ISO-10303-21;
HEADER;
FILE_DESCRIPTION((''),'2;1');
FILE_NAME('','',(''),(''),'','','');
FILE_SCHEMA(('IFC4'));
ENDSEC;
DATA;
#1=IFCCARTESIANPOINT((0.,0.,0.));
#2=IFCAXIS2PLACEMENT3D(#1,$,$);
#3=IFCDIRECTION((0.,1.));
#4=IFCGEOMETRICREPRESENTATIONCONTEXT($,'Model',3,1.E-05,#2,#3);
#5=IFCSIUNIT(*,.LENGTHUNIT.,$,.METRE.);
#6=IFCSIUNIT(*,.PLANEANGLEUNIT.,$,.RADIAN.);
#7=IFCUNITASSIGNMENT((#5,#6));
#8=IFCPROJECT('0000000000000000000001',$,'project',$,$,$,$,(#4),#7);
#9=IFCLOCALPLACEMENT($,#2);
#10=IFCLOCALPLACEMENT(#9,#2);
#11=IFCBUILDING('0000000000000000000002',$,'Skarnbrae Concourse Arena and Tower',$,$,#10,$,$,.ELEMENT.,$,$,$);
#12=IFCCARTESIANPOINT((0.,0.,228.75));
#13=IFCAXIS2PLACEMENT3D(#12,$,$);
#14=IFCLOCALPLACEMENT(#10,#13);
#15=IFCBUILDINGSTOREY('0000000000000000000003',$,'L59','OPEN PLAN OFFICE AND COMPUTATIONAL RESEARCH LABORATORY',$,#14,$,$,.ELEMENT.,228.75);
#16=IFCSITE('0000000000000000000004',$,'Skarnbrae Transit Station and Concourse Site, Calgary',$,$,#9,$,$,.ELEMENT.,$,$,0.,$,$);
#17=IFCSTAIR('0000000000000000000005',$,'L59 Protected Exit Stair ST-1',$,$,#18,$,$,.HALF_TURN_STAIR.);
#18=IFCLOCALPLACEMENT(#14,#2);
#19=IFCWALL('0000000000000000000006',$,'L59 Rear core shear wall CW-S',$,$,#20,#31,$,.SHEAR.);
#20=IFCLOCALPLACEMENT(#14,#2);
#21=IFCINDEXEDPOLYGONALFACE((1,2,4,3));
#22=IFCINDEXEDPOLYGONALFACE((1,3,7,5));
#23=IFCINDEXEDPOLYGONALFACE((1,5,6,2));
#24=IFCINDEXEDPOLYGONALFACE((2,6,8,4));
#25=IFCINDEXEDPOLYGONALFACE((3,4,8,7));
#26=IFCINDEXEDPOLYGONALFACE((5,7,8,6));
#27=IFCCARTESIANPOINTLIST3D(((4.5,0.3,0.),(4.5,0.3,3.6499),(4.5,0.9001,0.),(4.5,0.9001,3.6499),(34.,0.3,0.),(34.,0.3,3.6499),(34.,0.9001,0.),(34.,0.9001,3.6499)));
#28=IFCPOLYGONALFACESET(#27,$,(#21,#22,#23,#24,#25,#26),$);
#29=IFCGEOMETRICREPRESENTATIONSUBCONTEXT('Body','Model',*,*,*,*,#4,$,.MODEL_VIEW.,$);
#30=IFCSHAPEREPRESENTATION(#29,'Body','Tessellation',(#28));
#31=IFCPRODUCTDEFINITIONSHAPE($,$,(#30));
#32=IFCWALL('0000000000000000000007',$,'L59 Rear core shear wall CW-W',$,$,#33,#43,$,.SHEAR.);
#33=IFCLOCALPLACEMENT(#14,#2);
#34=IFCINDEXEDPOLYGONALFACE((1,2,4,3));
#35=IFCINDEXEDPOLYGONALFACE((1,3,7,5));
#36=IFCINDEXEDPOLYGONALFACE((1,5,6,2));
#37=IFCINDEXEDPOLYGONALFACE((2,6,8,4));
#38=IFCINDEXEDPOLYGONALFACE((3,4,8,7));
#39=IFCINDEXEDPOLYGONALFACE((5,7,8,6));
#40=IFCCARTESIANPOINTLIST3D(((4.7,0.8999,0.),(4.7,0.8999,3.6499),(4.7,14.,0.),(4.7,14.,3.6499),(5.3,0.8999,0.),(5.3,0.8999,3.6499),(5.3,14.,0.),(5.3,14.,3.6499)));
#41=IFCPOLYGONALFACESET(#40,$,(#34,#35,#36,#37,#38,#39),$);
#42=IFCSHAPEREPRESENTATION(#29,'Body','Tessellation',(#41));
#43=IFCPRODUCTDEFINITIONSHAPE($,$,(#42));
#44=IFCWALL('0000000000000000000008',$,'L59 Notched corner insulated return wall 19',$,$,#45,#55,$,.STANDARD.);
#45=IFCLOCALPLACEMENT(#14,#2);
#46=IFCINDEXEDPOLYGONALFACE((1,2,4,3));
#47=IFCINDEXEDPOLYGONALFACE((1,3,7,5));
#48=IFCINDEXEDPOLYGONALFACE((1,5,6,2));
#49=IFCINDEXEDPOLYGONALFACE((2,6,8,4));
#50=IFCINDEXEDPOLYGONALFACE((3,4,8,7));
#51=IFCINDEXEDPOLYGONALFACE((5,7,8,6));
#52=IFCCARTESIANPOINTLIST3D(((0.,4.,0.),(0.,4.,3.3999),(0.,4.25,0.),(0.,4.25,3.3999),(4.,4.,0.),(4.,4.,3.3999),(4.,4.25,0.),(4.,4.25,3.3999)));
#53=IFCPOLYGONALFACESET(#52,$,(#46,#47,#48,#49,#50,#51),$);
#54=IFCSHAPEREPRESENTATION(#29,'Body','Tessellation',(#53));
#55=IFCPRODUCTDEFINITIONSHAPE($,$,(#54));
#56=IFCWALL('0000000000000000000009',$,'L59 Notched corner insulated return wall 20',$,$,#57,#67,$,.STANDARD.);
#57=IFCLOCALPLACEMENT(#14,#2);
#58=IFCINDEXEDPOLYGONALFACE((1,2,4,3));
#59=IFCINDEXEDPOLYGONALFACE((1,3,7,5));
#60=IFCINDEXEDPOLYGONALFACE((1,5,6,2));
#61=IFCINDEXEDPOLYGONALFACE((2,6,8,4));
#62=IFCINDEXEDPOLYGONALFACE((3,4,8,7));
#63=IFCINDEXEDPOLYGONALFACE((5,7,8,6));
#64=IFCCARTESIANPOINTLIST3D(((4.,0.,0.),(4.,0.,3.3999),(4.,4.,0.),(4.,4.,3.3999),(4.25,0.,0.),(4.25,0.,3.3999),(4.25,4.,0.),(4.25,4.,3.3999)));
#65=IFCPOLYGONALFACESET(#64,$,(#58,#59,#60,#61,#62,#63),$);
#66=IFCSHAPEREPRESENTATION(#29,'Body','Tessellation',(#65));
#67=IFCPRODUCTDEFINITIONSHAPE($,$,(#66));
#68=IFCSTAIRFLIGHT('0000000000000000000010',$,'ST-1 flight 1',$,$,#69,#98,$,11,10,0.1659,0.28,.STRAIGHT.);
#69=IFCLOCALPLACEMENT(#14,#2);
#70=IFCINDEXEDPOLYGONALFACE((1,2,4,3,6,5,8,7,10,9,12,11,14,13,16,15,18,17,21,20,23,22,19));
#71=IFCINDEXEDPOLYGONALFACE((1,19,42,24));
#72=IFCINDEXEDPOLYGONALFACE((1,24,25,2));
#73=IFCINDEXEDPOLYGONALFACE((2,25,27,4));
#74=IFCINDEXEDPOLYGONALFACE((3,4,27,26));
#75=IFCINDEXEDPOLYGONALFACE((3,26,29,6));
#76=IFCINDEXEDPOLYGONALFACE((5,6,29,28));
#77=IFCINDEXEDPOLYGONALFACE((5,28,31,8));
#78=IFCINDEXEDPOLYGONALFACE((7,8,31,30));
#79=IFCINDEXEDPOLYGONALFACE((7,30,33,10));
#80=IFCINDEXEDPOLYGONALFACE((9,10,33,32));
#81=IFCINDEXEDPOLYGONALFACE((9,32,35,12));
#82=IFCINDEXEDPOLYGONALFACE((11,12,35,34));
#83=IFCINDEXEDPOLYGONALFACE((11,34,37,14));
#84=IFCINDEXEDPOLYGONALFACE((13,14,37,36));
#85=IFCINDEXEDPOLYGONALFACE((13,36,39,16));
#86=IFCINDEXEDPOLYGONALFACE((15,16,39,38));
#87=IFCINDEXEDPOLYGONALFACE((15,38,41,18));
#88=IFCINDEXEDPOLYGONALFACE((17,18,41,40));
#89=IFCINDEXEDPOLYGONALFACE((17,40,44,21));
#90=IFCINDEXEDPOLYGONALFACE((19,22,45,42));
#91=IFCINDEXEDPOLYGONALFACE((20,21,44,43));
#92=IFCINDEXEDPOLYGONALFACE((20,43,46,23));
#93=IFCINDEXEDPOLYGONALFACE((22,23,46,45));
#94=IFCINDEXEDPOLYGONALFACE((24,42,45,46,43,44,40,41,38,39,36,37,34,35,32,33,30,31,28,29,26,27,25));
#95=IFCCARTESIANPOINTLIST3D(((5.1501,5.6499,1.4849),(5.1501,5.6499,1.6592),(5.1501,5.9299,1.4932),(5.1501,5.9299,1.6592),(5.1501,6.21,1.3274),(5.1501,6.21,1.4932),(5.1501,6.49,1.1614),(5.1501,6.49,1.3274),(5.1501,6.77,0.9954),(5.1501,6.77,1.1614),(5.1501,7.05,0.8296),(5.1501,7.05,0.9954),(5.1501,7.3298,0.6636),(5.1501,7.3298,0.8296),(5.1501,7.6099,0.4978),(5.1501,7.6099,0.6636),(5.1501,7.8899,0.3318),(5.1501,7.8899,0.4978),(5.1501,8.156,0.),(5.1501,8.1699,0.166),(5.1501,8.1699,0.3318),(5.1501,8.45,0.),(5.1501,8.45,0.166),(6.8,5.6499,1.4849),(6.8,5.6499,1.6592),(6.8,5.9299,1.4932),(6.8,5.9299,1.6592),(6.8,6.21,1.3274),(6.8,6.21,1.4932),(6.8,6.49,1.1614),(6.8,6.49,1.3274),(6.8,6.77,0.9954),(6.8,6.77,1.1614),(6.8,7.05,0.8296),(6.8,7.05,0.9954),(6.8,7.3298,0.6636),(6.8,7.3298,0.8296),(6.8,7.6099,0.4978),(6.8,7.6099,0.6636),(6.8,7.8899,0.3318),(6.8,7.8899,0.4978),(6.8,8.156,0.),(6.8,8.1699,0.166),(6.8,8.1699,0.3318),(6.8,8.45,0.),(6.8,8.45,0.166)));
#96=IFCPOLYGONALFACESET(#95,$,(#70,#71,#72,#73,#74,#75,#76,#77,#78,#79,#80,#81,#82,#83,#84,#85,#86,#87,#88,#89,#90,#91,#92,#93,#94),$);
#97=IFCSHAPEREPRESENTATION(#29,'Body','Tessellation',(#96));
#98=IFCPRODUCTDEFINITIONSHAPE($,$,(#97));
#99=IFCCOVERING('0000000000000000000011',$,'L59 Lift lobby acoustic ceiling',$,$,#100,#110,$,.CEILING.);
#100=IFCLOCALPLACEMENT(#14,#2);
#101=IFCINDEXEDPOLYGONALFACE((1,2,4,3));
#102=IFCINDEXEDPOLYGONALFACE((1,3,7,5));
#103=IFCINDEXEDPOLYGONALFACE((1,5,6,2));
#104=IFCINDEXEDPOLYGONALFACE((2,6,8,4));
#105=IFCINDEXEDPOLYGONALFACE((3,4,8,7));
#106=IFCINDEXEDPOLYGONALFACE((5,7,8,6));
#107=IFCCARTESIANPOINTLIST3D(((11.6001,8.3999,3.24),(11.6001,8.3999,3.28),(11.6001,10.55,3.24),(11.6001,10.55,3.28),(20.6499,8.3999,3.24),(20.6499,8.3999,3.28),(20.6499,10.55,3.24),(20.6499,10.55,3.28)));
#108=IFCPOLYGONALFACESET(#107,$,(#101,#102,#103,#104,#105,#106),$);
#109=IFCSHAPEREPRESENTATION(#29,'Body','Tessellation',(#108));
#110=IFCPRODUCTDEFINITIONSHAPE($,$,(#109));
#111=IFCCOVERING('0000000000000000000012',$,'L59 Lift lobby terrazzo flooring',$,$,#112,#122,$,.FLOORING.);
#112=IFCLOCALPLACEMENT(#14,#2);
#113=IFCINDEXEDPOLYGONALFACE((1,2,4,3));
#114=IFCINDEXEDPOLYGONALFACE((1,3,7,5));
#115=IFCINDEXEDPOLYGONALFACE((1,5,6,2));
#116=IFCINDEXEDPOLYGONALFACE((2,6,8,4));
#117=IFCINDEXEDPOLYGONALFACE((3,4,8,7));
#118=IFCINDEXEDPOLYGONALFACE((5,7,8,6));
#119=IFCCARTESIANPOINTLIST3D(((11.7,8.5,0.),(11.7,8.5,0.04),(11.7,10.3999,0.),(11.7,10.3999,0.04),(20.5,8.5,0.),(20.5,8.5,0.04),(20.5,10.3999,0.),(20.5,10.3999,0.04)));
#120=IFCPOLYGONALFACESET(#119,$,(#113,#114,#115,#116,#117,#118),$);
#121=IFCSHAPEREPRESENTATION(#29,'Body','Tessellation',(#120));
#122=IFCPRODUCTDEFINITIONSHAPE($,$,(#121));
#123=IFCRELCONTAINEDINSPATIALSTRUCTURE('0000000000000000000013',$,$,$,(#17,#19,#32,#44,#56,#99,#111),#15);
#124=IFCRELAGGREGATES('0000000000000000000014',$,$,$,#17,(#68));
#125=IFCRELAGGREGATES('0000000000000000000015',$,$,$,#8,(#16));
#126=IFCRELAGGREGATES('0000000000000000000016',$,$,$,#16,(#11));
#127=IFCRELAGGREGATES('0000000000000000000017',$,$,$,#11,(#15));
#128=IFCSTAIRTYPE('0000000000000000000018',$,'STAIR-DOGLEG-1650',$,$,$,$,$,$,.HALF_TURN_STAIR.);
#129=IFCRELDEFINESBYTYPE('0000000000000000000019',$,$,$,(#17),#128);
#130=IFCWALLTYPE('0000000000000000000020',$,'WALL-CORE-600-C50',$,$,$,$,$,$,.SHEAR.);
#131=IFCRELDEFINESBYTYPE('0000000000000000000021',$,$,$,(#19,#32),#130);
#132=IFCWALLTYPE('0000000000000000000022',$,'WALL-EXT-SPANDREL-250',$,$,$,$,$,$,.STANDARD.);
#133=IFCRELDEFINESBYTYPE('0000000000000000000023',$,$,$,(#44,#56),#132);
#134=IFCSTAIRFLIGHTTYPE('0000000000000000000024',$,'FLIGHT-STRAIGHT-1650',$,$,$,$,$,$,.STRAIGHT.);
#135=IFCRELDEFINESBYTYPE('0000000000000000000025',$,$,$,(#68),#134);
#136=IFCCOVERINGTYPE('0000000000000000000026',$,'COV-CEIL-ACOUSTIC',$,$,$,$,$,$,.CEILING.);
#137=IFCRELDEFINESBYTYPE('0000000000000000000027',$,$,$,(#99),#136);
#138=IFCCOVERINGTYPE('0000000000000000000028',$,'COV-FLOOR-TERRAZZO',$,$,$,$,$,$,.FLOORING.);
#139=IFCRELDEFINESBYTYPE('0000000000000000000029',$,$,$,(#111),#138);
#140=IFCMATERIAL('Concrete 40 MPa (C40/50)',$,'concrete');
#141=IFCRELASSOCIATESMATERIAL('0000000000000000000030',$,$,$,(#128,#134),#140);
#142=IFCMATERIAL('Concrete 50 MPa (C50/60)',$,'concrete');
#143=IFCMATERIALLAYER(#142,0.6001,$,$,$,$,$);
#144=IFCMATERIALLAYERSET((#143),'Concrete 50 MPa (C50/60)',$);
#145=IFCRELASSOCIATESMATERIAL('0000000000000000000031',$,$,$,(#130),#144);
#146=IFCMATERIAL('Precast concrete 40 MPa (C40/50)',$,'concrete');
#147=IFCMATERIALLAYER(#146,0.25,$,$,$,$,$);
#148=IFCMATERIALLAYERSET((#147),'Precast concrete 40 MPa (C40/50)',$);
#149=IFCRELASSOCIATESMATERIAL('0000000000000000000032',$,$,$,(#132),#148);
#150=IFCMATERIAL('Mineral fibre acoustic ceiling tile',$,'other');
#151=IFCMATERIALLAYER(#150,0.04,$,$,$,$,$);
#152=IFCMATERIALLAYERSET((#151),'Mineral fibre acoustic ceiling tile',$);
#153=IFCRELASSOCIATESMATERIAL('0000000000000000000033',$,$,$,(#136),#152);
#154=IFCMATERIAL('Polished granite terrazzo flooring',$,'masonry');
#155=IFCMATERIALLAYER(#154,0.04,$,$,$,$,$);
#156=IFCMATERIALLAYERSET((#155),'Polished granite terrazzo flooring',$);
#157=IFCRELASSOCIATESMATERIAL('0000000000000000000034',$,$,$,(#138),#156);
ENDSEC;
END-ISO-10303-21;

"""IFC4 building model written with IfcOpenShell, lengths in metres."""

from ifc_helpers import new_model, si_unit, direction, frame, frame_2d, origin, place, context, subcontext, project, spatial, polyline, rectangle, outline, extrude, source, transform, mapped, material, layer, layer_set, type_object, element, aggregate, save


model = new_model("IFC4")

# Units and contexts
model_context = context("Model", 3, precision=1e-05, world=origin(), true_north=direction((0.0, 1.0)))
body_context = subcontext(model_context, "Body", "Model", "MODEL_VIEW")
ifc_project = project(units=[si_unit("LENGTHUNIT", "METRE"), si_unit("PLANEANGLEUNIT", "RADIAN")], contexts=[model_context])

# Site, building, storey
site_placement = place(None, origin())
site = spatial("IfcSite", under=ifc_project, at=site_placement, Name="Skarnbrae Transit Station and Concourse Site, Calgary", CompositionType="ELEMENT", RefElevation=0.0)
building_placement = place(site_placement, origin())
building = spatial("IfcBuilding", under=site, at=building_placement, Name="Skarnbrae Concourse Arena and Tower", CompositionType="ELEMENT")
storey_placement = place(building_placement, frame((0.0, 0.0, 228.75)))
storey = spatial("IfcBuildingStorey", under=building, at=storey_placement, Name="L59", Description="OPEN PLAN OFFICE AND COMPUTATIONAL RESEARCH LABORATORY", CompositionType="ELEMENT", Elevation=228.75)

# Stair
ifc_material_1 = material(Name="Concrete 40 MPa (C40/50)", Category="concrete")
stair_type = type_object("IfcStairType", Name="STAIR-DOGLEG-1650", PredefinedType="HALF_TURN_STAIR", material=ifc_material_1)
stair_1_placement = place(storey_placement, origin())
stair_1 = element("IfcStair", 1, at=stair_1_placement, inside=storey, type_object=stair_type, Name="L59 Protected Exit Stair ST-1", PredefinedType="HALF_TURN_STAIR")

# Walls
ifc_material_2 = material(Name="Concrete 50 MPa (C50/60)", Category="concrete")
ifc_layer_1 = layer(ifc_material_2, 0.6001)
ifc_layer_set_1 = layer_set([ifc_layer_1], Name="Concrete 50 MPa (C50/60)")
wall_type_1 = type_object("IfcWallType", Name="WALL-CORE-600-C50", PredefinedType="SHEAR", material=ifc_layer_set_1)
shared_shape_1 = source(origin(), body_context, "Body", "SweptSolid", [
    extrude(rectangle(XDim=29.5, YDim=0.6001, at=frame_2d((14.75, 0.0))), origin(), (0.0, 0.0, 1.0), 3.6499),
])
wall_1_placement = place(storey_placement, frame((4.5, 0.6001, 0.0), z_axis=(0.0, 0.0, 1.0), x_axis=(1.0, 0.0, 0.0)))
element("IfcWall", 2, at=wall_1_placement, inside=storey, type_object=wall_type_1, Name="L59 Rear core shear wall CW-S", PredefinedType="SHEAR", context=body_context, shape_type="MappedRepresentation", body=[
    mapped(shared_shape_1, transform((0.0, 0.0, 0.0))),
])
shared_shape_2 = source(origin(), body_context, "Body", "SweptSolid", [
    extrude(rectangle(XDim=13.1001, YDim=0.6001, at=frame_2d((6.55, 0.0))), origin(), (0.0, 0.0, 1.0), 3.6499),
])
wall_2_placement = place(storey_placement, frame((5.0, 0.8999, 0.0), z_axis=(0.0, 0.0, 1.0), x_axis=(0.0, 1.0, 0.0)))
element("IfcWall", 3, at=wall_2_placement, inside=storey, type_object=wall_type_1, Name="L59 Rear core shear wall CW-W", PredefinedType="SHEAR", context=body_context, shape_type="MappedRepresentation", body=[
    mapped(shared_shape_2, transform((0.0, 0.0, 0.0))),
])
ifc_material_3 = material(Name="Precast concrete 40 MPa (C40/50)", Category="concrete")
ifc_layer_2 = layer(ifc_material_3, 0.25)
ifc_layer_set_2 = layer_set([ifc_layer_2], Name="Precast concrete 40 MPa (C40/50)")
wall_type_2 = type_object("IfcWallType", Name="WALL-EXT-SPANDREL-250", PredefinedType="STANDARD", material=ifc_layer_set_2)
shared_shape_3 = source(origin(), body_context, "Body", "SweptSolid", [
    extrude(rectangle(XDim=4.0, YDim=0.25, at=frame_2d((2.0, 0.0))), origin(), (0.0, 0.0, 1.0), 3.3999),
])
for number, where, z_axis, x_axis, name in (
    (4, (0.0, 4.125, 0.0), (0.0, 0.0, 1.0), (1.0, 0.0, 0.0), "L59 Notched corner insulated return wall 19"),
    (5, (4.125, 4.0, 0.0), (0.0, 0.0, 1.0), (0.0, -1.0, 0.0), "L59 Notched corner insulated return wall 20"),
):
    element("IfcWall", number, at=place(storey_placement, frame(where, z_axis=z_axis, x_axis=x_axis)), inside=storey, type_object=wall_type_2, Name=name, PredefinedType="STANDARD", context=body_context, shape_type="MappedRepresentation", body=[
        mapped(shared_shape_3, transform((0.0, 0.0, 0.0))),
    ])

# Stair flight
stair_flight_type = type_object("IfcStairFlightType", Name="FLIGHT-STRAIGHT-1650", PredefinedType="STRAIGHT", material=ifc_material_1)
shared_shape_4 = source(origin(), body_context, "Body", "SweptSolid", [
    extrude(outline(polyline([(0.0, 0.0), (0.0, 0.166), (0.28, 0.166), (0.28, 0.3318), (0.5601, 0.3318), (0.5601, 0.4978), (0.8401, 0.4978), (0.8401, 0.6636), (1.1201, 0.6636), (1.1201, 0.8296), (1.3999, 0.8296), (1.3999, 0.9954), (1.6799, 0.9954), (1.6799, 1.1614), (1.96, 1.1614), (1.96, 1.3274), (2.24, 1.3274), (2.24, 1.4932), (2.52, 1.4932), (2.52, 1.6592), (2.8, 1.6592), (2.8, 1.825), (2.8, 1.4849), (0.2939, 0.0), (0.0, 0.0)])), frame((0.0, 0.825, 0.0), z_axis=(0.0, -1.0, 0.0), x_axis=(1.0, 0.0, 0.0)), (0.0, 0.0, 1.0), 1.6499),
])
stair_flight_placement = place(storey_placement, frame((5.9751, 8.45, 0.0), z_axis=(0.0, 0.0, 1.0), x_axis=(0.0, -1.0, 0.0)))
stair_flight = element("IfcStairFlight", 6, at=stair_flight_placement, type_object=stair_flight_type, Name="ST-1 flight 1", NumberOfRisers=11, NumberOfTreads=10, PredefinedType="STRAIGHT", RiserHeight=0.1659, TreadLength=0.28, context=body_context, shape_type="MappedRepresentation", body=[
    mapped(shared_shape_4, transform((0.0, 0.0, 0.0))),
])
aggregate(stair_1, [stair_flight])

# Coverings
ifc_material_4 = material(Name="Mineral fibre acoustic ceiling tile", Category="other")
ifc_layer_3 = layer(ifc_material_4, 0.04)
ifc_layer_set_3 = layer_set([ifc_layer_3], Name="Mineral fibre acoustic ceiling tile")
covering_type_1 = type_object("IfcCoveringType", Name="COV-CEIL-ACOUSTIC", PredefinedType="CEILING", material=ifc_layer_set_3)
covering_1_placement = place(storey_placement, frame((0.0, 0.0, 3.24)))
element("IfcCovering", 7, at=covering_1_placement, inside=storey, type_object=covering_type_1, Name="L59 Lift lobby acoustic ceiling", PredefinedType="CEILING", context=body_context, shape_type="SweptSolid", body=[
    extrude(outline(polyline([(11.6001, 8.3999), (20.6499, 8.3999), (20.6499, 10.55), (11.6001, 10.55), (11.6001, 8.3999)])), origin(), (0.0, 0.0, 1.0), 0.04),
])
ifc_material_5 = material(Name="Polished granite terrazzo flooring", Category="masonry")
ifc_layer_4 = layer(ifc_material_5, 0.04)
ifc_layer_set_4 = layer_set([ifc_layer_4], Name="Polished granite terrazzo flooring")
covering_type_2 = type_object("IfcCoveringType", Name="COV-FLOOR-TERRAZZO", PredefinedType="FLOORING", material=ifc_layer_set_4)
covering_2_placement = place(storey_placement, origin())
element("IfcCovering", 8, at=covering_2_placement, inside=storey, type_object=covering_type_2, Name="L59 Lift lobby terrazzo flooring", PredefinedType="FLOORING", context=body_context, shape_type="SweptSolid", body=[
    extrude(outline(polyline([(11.7, 8.5), (20.5, 8.5), (20.5, 10.3999), (11.7, 10.3999), (11.7, 8.5)])), origin(), (0.0, 0.0, 1.0), 0.04),
])

save(model, "model.ifc")
